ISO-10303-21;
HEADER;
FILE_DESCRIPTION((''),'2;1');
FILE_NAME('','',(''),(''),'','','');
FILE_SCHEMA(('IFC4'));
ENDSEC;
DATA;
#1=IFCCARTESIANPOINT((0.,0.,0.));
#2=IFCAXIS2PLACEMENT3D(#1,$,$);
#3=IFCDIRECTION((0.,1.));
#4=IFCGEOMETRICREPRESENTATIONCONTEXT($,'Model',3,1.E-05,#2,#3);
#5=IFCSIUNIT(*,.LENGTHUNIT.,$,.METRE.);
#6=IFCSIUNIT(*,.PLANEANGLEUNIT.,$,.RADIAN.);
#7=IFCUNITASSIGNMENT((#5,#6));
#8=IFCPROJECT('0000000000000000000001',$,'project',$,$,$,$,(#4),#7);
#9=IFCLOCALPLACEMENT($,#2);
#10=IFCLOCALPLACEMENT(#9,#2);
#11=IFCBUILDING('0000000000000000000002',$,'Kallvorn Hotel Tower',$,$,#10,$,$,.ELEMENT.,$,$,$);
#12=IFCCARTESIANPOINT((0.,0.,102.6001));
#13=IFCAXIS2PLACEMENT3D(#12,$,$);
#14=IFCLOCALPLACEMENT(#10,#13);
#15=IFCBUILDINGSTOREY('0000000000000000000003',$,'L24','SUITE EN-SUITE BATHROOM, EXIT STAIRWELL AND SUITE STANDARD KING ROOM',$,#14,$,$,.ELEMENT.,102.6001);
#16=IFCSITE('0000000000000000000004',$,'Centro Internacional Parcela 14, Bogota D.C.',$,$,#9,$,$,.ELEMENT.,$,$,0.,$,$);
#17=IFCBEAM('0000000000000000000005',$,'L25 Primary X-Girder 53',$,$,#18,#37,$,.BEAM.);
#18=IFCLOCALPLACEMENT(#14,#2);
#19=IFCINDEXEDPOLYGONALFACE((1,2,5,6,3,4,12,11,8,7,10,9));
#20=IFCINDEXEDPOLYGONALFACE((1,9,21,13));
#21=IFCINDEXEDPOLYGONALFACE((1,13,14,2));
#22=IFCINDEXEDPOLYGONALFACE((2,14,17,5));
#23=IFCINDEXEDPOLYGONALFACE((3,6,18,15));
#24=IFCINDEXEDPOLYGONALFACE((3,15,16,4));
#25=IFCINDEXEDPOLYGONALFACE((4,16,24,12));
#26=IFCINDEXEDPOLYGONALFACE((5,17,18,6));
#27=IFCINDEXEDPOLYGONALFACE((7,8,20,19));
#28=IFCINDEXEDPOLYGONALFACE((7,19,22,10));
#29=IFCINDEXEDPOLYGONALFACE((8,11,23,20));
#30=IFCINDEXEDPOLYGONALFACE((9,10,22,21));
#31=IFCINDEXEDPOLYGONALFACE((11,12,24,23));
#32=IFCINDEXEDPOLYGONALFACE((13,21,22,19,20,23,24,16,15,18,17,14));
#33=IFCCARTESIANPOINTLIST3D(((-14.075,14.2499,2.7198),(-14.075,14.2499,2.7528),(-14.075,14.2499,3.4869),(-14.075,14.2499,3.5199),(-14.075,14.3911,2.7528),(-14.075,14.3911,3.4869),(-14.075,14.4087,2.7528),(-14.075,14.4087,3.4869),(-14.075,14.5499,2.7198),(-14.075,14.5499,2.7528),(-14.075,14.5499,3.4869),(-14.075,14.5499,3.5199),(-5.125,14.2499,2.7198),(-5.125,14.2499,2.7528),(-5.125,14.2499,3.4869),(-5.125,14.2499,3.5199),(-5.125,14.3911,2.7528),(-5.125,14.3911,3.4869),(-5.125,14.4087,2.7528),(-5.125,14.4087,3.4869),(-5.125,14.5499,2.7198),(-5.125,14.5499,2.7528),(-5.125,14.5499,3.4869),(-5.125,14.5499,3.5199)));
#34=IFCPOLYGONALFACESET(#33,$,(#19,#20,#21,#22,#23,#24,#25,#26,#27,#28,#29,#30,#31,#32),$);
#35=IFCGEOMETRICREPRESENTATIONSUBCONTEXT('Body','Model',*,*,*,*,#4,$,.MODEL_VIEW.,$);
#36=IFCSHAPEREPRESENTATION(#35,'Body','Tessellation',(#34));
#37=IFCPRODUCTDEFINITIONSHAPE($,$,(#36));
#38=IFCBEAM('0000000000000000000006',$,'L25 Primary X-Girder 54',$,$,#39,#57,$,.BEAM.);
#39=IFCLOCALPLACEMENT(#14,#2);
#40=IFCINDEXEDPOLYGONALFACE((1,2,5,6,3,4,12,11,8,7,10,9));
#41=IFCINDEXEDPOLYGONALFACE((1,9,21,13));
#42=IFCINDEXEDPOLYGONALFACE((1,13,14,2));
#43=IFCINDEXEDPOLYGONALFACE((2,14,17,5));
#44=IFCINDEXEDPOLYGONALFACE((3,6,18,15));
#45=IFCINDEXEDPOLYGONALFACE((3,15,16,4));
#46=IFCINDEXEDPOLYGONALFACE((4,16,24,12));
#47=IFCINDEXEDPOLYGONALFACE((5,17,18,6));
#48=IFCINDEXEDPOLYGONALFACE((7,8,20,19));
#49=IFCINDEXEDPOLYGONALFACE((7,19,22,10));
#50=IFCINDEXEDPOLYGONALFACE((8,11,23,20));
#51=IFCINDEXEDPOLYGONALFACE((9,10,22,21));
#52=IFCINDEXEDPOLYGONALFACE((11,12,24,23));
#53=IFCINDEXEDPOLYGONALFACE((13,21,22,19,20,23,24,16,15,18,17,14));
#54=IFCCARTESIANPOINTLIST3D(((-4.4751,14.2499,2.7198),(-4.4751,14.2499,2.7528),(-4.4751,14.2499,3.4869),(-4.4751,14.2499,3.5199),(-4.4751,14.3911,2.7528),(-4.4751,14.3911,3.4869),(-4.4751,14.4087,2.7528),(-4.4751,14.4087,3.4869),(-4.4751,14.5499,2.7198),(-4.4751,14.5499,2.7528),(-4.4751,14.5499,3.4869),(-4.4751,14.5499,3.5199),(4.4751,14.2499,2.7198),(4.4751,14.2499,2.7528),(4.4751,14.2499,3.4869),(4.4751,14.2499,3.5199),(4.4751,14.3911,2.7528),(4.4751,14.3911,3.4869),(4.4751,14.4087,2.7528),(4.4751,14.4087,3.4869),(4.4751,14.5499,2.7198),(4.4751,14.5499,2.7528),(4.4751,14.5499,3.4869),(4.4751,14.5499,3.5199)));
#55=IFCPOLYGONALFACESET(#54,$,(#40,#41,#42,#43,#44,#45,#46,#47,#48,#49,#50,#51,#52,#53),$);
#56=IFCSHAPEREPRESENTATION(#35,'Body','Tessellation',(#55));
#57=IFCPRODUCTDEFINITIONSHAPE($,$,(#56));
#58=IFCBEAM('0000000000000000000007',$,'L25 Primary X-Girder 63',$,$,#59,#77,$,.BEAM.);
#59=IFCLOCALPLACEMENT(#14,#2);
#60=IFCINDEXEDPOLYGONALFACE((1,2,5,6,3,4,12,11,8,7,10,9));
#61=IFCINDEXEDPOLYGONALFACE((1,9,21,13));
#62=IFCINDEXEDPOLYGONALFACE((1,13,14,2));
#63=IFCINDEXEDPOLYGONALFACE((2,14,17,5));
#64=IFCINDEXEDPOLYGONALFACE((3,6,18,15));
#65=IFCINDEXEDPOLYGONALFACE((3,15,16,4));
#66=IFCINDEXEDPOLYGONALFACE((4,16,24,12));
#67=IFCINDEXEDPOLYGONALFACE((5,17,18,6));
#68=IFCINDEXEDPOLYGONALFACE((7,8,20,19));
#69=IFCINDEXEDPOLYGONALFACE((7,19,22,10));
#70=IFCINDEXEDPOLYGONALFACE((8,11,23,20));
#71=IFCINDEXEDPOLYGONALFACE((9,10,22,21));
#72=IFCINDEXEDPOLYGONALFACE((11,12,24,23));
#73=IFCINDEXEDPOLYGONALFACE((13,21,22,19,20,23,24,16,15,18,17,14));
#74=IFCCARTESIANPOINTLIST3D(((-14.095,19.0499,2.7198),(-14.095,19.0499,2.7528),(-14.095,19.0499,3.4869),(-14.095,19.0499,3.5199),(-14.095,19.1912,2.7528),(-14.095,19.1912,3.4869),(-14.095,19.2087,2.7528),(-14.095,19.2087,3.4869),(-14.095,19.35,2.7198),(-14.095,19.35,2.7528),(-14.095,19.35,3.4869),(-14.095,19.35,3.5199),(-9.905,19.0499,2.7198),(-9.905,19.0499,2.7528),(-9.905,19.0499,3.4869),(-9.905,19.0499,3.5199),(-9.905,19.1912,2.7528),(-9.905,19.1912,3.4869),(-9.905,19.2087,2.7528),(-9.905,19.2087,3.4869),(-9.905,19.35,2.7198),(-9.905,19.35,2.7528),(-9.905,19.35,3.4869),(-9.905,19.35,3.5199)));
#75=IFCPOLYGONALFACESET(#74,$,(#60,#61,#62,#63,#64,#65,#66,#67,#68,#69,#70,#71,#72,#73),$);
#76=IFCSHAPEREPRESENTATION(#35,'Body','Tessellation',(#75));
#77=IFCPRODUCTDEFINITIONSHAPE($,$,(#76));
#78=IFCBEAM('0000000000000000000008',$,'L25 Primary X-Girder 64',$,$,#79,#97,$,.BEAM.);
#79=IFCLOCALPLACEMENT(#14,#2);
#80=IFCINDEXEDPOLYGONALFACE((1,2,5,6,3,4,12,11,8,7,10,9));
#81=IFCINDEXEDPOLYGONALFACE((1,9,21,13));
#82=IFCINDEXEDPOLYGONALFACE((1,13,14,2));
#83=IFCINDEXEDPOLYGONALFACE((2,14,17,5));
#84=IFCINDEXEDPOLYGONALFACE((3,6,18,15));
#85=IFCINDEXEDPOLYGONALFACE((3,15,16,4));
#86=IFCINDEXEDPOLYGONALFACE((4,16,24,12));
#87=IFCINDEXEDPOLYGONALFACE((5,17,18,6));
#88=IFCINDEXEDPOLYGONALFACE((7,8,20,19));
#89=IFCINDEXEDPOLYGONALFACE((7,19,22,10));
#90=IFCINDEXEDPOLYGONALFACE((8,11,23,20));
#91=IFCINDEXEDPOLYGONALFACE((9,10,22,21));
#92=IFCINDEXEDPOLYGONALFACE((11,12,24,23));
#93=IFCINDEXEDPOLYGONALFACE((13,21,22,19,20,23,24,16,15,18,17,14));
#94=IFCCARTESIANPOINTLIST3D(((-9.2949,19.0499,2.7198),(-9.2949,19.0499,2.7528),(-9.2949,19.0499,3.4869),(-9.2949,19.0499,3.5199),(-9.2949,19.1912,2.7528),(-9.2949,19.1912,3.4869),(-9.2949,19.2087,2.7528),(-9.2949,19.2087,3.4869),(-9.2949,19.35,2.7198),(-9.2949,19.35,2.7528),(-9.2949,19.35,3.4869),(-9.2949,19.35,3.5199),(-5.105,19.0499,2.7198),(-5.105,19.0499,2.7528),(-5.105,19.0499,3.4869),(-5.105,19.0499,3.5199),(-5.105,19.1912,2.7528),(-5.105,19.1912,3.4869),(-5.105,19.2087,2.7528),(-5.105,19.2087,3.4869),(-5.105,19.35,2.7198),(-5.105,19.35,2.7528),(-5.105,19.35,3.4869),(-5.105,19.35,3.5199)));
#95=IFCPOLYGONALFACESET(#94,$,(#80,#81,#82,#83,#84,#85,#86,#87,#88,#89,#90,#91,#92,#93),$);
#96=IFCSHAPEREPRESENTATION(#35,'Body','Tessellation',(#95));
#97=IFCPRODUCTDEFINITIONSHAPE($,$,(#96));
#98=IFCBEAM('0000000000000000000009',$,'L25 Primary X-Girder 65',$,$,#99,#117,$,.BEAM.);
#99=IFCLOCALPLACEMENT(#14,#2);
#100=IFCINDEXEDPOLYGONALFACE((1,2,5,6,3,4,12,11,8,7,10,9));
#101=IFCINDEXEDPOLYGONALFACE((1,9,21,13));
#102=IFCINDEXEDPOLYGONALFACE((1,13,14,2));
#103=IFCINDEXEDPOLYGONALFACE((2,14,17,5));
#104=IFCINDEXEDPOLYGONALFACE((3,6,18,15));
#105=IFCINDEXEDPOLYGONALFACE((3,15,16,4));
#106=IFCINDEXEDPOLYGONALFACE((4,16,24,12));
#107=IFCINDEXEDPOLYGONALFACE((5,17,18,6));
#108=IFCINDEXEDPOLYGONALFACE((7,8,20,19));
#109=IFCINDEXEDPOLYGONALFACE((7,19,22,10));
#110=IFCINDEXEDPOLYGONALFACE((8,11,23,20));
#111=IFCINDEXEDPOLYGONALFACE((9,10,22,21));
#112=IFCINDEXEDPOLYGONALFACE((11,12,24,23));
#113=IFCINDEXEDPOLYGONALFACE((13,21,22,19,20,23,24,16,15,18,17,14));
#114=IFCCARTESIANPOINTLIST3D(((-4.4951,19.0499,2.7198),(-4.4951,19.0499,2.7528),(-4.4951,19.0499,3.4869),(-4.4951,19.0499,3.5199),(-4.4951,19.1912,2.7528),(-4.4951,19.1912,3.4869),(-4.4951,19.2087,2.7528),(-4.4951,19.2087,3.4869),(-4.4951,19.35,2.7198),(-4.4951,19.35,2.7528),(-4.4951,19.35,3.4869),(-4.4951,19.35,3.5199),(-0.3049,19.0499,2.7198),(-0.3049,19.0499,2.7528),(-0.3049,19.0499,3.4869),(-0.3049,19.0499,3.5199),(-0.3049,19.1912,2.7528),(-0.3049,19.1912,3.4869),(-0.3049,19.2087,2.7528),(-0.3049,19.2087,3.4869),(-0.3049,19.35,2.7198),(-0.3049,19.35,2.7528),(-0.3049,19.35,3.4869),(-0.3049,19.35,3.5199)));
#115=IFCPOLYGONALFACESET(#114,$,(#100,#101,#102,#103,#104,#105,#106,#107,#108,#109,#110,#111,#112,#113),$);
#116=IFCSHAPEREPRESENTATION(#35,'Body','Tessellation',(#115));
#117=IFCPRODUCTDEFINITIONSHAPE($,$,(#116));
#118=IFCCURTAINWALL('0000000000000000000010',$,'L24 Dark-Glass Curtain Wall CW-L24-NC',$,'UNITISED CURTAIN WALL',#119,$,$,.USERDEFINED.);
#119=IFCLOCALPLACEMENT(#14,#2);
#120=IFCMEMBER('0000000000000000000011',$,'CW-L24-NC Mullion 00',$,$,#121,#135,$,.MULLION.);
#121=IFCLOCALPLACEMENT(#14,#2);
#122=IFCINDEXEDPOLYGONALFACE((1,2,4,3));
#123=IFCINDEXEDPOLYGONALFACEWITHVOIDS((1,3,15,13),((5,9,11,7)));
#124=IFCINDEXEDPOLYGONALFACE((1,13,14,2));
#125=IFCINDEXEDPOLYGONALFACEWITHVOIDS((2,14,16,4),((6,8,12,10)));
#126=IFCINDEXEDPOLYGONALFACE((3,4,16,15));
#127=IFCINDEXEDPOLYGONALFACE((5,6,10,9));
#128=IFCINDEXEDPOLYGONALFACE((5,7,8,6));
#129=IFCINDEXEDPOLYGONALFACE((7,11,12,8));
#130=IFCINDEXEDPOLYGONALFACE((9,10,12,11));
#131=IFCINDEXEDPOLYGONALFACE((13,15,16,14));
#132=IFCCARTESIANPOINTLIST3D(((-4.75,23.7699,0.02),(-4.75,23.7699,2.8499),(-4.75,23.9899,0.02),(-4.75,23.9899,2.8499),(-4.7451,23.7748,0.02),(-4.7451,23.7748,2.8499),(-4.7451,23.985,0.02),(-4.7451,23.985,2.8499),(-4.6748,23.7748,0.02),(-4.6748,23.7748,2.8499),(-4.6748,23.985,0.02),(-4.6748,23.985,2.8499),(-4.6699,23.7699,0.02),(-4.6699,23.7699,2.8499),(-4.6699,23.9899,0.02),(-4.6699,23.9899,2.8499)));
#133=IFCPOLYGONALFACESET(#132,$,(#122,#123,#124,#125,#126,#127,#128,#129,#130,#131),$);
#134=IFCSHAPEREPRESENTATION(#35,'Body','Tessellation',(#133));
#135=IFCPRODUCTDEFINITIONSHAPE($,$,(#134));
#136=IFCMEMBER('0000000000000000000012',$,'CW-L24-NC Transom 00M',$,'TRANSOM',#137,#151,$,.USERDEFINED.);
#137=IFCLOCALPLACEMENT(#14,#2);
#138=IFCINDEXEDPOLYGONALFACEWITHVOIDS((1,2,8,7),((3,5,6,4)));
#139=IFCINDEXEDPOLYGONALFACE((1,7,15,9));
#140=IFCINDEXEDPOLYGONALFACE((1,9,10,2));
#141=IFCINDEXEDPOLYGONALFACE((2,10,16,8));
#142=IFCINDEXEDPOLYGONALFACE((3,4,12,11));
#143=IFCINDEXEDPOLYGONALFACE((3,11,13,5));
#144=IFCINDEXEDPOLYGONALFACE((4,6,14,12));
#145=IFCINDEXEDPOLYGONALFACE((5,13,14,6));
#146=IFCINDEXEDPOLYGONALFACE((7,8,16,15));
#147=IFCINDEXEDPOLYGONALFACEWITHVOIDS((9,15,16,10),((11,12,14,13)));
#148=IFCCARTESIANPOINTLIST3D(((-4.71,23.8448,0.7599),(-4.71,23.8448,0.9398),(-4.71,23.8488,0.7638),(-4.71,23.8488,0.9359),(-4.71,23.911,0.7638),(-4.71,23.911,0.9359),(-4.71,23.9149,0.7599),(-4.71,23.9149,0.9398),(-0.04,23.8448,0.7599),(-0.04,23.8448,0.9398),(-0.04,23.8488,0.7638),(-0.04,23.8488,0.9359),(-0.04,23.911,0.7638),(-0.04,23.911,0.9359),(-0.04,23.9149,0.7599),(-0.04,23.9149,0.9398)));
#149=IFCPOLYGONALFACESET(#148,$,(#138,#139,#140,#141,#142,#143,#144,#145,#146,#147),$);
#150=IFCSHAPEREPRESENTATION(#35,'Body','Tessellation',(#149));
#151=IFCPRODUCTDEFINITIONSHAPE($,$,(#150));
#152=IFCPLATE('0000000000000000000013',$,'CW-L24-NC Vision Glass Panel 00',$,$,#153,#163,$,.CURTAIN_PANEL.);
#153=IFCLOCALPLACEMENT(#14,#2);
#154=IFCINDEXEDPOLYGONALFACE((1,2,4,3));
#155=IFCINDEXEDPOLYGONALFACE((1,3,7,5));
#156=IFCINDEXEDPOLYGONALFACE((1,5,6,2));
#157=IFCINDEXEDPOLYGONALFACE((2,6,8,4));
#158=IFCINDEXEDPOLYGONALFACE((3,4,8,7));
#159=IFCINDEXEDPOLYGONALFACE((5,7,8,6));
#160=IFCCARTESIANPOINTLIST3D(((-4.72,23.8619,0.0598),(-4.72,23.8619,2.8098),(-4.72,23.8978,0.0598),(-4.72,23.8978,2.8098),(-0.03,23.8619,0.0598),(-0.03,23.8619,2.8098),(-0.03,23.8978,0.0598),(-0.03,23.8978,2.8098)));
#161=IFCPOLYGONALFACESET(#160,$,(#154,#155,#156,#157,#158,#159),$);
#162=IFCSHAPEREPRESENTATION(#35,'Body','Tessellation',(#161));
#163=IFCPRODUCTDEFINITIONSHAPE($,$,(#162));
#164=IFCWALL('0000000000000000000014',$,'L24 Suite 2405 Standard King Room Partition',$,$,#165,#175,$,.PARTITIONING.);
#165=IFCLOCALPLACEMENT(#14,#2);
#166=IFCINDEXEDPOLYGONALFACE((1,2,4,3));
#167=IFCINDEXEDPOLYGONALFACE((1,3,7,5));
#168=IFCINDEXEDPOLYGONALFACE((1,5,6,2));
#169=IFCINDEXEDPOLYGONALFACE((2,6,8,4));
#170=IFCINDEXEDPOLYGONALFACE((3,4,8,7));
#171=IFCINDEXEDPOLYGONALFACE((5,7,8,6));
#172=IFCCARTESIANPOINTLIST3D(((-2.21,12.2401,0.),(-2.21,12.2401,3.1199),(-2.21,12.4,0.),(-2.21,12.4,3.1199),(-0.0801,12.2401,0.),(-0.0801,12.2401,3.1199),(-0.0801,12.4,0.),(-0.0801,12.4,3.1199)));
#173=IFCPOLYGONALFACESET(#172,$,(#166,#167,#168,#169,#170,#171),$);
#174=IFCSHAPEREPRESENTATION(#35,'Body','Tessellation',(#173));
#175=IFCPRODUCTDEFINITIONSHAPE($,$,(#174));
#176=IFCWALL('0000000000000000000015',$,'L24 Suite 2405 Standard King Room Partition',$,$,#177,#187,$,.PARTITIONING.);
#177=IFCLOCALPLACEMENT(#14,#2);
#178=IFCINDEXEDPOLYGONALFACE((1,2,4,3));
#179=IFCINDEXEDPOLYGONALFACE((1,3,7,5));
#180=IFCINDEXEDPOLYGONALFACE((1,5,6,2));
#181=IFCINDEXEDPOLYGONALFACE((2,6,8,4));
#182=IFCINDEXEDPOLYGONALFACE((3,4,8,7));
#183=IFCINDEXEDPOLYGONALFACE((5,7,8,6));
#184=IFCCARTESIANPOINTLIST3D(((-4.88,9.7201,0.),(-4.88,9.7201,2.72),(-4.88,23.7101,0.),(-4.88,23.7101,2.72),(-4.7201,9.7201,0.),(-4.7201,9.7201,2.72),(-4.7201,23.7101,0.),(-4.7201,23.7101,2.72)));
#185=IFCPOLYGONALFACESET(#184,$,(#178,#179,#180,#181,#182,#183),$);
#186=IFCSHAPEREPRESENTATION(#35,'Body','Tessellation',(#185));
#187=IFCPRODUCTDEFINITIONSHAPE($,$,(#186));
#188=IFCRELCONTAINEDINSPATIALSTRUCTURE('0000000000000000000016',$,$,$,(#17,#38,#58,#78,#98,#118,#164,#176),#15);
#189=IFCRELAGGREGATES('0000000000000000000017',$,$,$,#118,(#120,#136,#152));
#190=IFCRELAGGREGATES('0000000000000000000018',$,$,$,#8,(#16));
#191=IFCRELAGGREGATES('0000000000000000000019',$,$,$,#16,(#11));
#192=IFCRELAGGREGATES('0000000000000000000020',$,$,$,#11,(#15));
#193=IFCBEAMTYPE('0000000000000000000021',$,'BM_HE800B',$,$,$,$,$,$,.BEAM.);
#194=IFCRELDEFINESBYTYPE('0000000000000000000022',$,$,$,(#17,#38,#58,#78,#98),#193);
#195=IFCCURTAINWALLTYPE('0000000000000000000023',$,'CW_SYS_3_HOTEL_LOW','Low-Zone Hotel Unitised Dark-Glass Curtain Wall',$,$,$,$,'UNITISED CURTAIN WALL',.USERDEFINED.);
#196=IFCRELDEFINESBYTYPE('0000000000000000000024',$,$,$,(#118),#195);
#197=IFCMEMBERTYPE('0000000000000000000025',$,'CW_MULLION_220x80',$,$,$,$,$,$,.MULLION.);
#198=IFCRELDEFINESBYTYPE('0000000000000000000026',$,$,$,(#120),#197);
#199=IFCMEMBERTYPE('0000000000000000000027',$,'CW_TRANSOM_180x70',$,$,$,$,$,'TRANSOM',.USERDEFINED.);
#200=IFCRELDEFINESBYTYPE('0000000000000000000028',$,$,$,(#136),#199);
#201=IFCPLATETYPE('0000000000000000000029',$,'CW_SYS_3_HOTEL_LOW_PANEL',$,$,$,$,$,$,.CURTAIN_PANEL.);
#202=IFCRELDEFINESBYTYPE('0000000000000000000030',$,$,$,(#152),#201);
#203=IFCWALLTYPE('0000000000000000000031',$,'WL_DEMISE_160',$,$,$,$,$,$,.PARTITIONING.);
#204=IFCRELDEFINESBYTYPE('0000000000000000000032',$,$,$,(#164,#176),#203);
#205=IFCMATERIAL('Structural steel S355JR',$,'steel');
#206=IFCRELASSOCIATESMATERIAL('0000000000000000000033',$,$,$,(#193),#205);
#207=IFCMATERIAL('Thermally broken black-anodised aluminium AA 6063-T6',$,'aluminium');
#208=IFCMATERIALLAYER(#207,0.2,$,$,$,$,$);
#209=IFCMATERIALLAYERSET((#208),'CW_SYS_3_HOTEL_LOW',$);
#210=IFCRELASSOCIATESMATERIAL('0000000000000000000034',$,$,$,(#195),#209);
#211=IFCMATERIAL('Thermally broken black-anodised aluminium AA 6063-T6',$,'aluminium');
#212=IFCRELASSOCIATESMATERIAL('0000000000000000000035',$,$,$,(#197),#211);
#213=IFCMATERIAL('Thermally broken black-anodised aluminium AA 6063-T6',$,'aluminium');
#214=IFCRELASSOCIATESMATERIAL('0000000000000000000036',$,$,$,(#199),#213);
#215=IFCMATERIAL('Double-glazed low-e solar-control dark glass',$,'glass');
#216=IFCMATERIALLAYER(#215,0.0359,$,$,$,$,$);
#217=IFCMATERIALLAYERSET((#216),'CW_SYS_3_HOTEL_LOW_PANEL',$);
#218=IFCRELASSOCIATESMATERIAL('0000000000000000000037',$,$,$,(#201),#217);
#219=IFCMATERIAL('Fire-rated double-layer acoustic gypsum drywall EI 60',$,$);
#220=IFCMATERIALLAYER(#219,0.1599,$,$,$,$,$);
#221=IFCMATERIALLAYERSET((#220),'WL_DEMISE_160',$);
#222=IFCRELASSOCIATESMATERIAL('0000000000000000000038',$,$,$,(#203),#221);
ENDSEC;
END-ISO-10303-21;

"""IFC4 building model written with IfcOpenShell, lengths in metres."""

from ifc_helpers import new_model, si_unit, direction, frame, frame_2d, origin, origin_2d, place, context, subcontext, project, spatial, rectangle, hollow_rectangle, i_section, extrude, material, layer, layer_set, material_profile, profile_set, type_object, element, aggregate, save


model = new_model("IFC4")

# Units and contexts
model_context = context("Model", 3, precision=1e-05, world=origin(), true_north=direction((0.0, 1.0)))
body_context = subcontext(model_context, "Body", "Model", "MODEL_VIEW")
ifc_project = project(units=[si_unit("LENGTHUNIT", "METRE"), si_unit("PLANEANGLEUNIT", "RADIAN")], contexts=[model_context])

# Site, building, storey
site_placement = place(None, origin())
site = spatial("IfcSite", under=ifc_project, at=site_placement, Name="Centro Internacional Parcela 14, Bogota D.C.", CompositionType="ELEMENT", RefElevation=0.0)
building_placement = place(site_placement, origin())
building = spatial("IfcBuilding", under=site, at=building_placement, Name="Kallvorn Hotel Tower", CompositionType="ELEMENT")
storey_placement = place(building_placement, frame((0.0, 0.0, 102.6001)))
storey = spatial("IfcBuildingStorey", under=building, at=storey_placement, Name="L24", Description="SUITE EN-SUITE BATHROOM, EXIT STAIRWELL AND SUITE STANDARD KING ROOM", CompositionType="ELEMENT", Elevation=102.6001)

# Beams
ifc_material_1 = material(Name="Structural steel S355JR", Category="steel")
ifc_material_profile_1 = material_profile(ifc_material_1, i_section(OverallWidth=0.3, OverallDepth=0.8, WebThickness=0.0176, FlangeThickness=0.033, at=origin_2d()), Name="HE 800 B")
ifc_profile_set_1 = profile_set([ifc_material_profile_1], Name="Structural steel S355JR")
beam_type_1 = type_object("IfcBeamType", Name="BM_HE800B", PredefinedType="BEAM", material=ifc_profile_set_1)
beam_1_placement = place(storey_placement, frame((-14.075, 14.3999, 3.1199), z_axis=(1.0, 0.0, 0.0), x_axis=(0.0, 1.0, 0.0)))
element("IfcBeam", 1, at=beam_1_placement, inside=storey, type_object=beam_type_1, Name="L25 Primary X-Girder 53", PredefinedType="BEAM", context=body_context, shape_type="SweptSolid", body=[
    extrude(i_section(OverallWidth=0.3, OverallDepth=0.8, WebThickness=0.0176, FlangeThickness=0.033, at=origin_2d()), origin(), (0.0, 0.0, 1.0), 8.95),
])
beam_2_placement = place(storey_placement, frame((-4.4751, 14.3999, 3.1199), z_axis=(1.0, 0.0, 0.0), x_axis=(0.0, 1.0, 0.0)))
element("IfcBeam", 2, at=beam_2_placement, inside=storey, type_object=beam_type_1, Name="L25 Primary X-Girder 54", PredefinedType="BEAM", context=body_context, shape_type="SweptSolid", body=[
    extrude(i_section(OverallWidth=0.3, OverallDepth=0.8, WebThickness=0.0176, FlangeThickness=0.033, at=origin_2d()), origin(), (0.0, 0.0, 1.0), 8.9502),
])
for number, where, z_axis, x_axis, name in (
    (3, (-14.095, 19.2, 3.1199), (1.0, 0.0, 0.0), (0.0, 1.0, 0.0), "L25 Primary X-Girder 63"),
    (4, (-9.2949, 19.2, 3.1199), (1.0, 0.0, 0.0), (0.0, 1.0, 0.0), "L25 Primary X-Girder 64"),
):
    element("IfcBeam", number, at=place(storey_placement, frame(where, z_axis=z_axis, x_axis=x_axis)), inside=storey, type_object=beam_type_1, Name=name, PredefinedType="BEAM", context=body_context, shape_type="SweptSolid", body=[
        extrude(i_section(OverallWidth=0.3, OverallDepth=0.8, WebThickness=0.0176, FlangeThickness=0.033, at=origin_2d()), origin(), (0.0, 0.0, 1.0), 4.1899),
    ])
beam_3_placement = place(storey_placement, frame((-4.4951, 19.2, 3.1199), z_axis=(1.0, 0.0, 0.0), x_axis=(0.0, 1.0, 0.0)))
element("IfcBeam", 5, at=beam_3_placement, inside=storey, type_object=beam_type_1, Name="L25 Primary X-Girder 65", PredefinedType="BEAM", context=body_context, shape_type="SweptSolid", body=[
    extrude(i_section(OverallWidth=0.3, OverallDepth=0.8, WebThickness=0.0176, FlangeThickness=0.033, at=origin_2d()), origin(), (0.0, 0.0, 1.0), 4.1902),
])

# Curtain wall, members, plate
ifc_material_2 = material(Name="Thermally broken black-anodised aluminium AA 6063-T6", Category="aluminium")
ifc_layer_1 = layer(ifc_material_2, 0.2)
ifc_layer_set_1 = layer_set([ifc_layer_1], Name="CW_SYS_3_HOTEL_LOW")
curtain_wall_type = type_object("IfcCurtainWallType", Name="CW_SYS_3_HOTEL_LOW", Description="Low-Zone Hotel Unitised Dark-Glass Curtain Wall", ElementType="UNITISED CURTAIN WALL", PredefinedType="USERDEFINED", material=ifc_layer_set_1)
curtain_wall_placement = place(storey_placement, origin())
curtain_wall = element("IfcCurtainWall", 6, at=curtain_wall_placement, inside=storey, type_object=curtain_wall_type, Name="L24 Dark-Glass Curtain Wall CW-L24-NC", ObjectType="UNITISED CURTAIN WALL", PredefinedType="USERDEFINED")
ifc_material_3 = material(Name="Thermally broken black-anodised aluminium AA 6063-T6", Category="aluminium")
ifc_material_profile_2 = material_profile(ifc_material_3, hollow_rectangle(XDim=0.0801, YDim=0.22, WallThickness=0.0049, at=origin_2d()), Name="MUL 220x80")
ifc_profile_set_2 = profile_set([ifc_material_profile_2], Name="Thermally broken black-anodised aluminium AA 6063-T6")
member_type_1 = type_object("IfcMemberType", Name="CW_MULLION_220x80", PredefinedType="MULLION", material=ifc_profile_set_2)
member_1_placement = place(storey_placement, frame((-4.71, 23.8799, 0.02), z_axis=(0.0, 0.0, 1.0), x_axis=(1.0, 0.0, 0.0)))
member_1 = element("IfcMember", 7, at=member_1_placement, type_object=member_type_1, Name="CW-L24-NC Mullion 00", PredefinedType="MULLION", context=body_context, shape_type="SweptSolid", body=[
    extrude(hollow_rectangle(XDim=0.0801, YDim=0.22, WallThickness=0.0049, at=origin_2d()), origin(), (0.0, 0.0, 1.0), 2.8298),
])
ifc_material_4 = material(Name="Thermally broken black-anodised aluminium AA 6063-T6", Category="aluminium")
ifc_material_profile_3 = material_profile(ifc_material_4, hollow_rectangle(XDim=0.0701, YDim=0.1799, WallThickness=0.0039, at=origin_2d()), Name="TRN 180x70")
ifc_profile_set_3 = profile_set([ifc_material_profile_3], Name="Thermally broken black-anodised aluminium AA 6063-T6")
member_type_2 = type_object("IfcMemberType", Name="CW_TRANSOM_180x70", ElementType="TRANSOM", PredefinedType="USERDEFINED", material=ifc_profile_set_3)
member_2_placement = place(storey_placement, frame((-4.71, 23.8799, 0.8499), z_axis=(1.0, 0.0, 0.0), x_axis=(0.0, 1.0, 0.0)))
member_2 = element("IfcMember", 8, at=member_2_placement, type_object=member_type_2, Name="CW-L24-NC Transom 00M", ObjectType="TRANSOM", PredefinedType="USERDEFINED", context=body_context, shape_type="SweptSolid", body=[
    extrude(hollow_rectangle(XDim=0.0701, YDim=0.1799, WallThickness=0.0039, at=origin_2d()), origin(), (0.0, 0.0, 1.0), 4.6699),
])
ifc_material_5 = material(Name="Double-glazed low-e solar-control dark glass", Category="glass")
ifc_layer_2 = layer(ifc_material_5, 0.0359)
ifc_layer_set_2 = layer_set([ifc_layer_2], Name="CW_SYS_3_HOTEL_LOW_PANEL")
plate_type = type_object("IfcPlateType", Name="CW_SYS_3_HOTEL_LOW_PANEL", PredefinedType="CURTAIN_PANEL", material=ifc_layer_set_2)
plate_placement = place(storey_placement, frame((-2.375, 23.8799, 0.0598), z_axis=(0.0, 0.0, 1.0), x_axis=(1.0, 0.0, 0.0)))
plate = element("IfcPlate", 9, at=plate_placement, type_object=plate_type, Name="CW-L24-NC Vision Glass Panel 00", PredefinedType="CURTAIN_PANEL", context=body_context, shape_type="SweptSolid", body=[
    extrude(rectangle(XDim=4.6899, YDim=0.0359, at=origin_2d()), origin(), (0.0, 0.0, 1.0), 2.75),
])
aggregate(curtain_wall, [member_1, member_2, plate])

# Walls
ifc_material_6 = material(Name="Fire-rated double-layer acoustic gypsum drywall EI 60")
ifc_layer_3 = layer(ifc_material_6, 0.1599)
ifc_layer_set_3 = layer_set([ifc_layer_3], Name="WL_DEMISE_160")
wall_type = type_object("IfcWallType", Name="WL_DEMISE_160", PredefinedType="PARTITIONING", material=ifc_layer_set_3)
wall_1_placement = place(storey_placement, frame((-2.21, 12.3201, 0.0), z_axis=(0.0, 0.0, 1.0), x_axis=(1.0, 0.0, 0.0)))
element("IfcWall", 10, at=wall_1_placement, inside=storey, type_object=wall_type, Name="L24 Suite 2405 Standard King Room Partition", PredefinedType="PARTITIONING", context=body_context, shape_type="SweptSolid", body=[
    extrude(rectangle(XDim=2.1299, YDim=0.1599, at=frame_2d((1.0649, 0.0))), origin(), (0.0, 0.0, 1.0), 3.1199),
])
wall_2_placement = place(storey_placement, frame((-4.8, 9.72, 0.0), z_axis=(0.0, 0.0, 1.0), x_axis=(0.0, 1.0, 0.0)))
element("IfcWall", 11, at=wall_2_placement, inside=storey, type_object=wall_type, Name="L24 Suite 2405 Standard King Room Partition", PredefinedType="PARTITIONING", context=body_context, shape_type="SweptSolid", body=[
    extrude(rectangle(XDim=13.99, YDim=0.1599, at=frame_2d((6.9951, 0.0))), origin(), (0.0, 0.0, 1.0), 2.72),
])

save(model, "model.ifc")
